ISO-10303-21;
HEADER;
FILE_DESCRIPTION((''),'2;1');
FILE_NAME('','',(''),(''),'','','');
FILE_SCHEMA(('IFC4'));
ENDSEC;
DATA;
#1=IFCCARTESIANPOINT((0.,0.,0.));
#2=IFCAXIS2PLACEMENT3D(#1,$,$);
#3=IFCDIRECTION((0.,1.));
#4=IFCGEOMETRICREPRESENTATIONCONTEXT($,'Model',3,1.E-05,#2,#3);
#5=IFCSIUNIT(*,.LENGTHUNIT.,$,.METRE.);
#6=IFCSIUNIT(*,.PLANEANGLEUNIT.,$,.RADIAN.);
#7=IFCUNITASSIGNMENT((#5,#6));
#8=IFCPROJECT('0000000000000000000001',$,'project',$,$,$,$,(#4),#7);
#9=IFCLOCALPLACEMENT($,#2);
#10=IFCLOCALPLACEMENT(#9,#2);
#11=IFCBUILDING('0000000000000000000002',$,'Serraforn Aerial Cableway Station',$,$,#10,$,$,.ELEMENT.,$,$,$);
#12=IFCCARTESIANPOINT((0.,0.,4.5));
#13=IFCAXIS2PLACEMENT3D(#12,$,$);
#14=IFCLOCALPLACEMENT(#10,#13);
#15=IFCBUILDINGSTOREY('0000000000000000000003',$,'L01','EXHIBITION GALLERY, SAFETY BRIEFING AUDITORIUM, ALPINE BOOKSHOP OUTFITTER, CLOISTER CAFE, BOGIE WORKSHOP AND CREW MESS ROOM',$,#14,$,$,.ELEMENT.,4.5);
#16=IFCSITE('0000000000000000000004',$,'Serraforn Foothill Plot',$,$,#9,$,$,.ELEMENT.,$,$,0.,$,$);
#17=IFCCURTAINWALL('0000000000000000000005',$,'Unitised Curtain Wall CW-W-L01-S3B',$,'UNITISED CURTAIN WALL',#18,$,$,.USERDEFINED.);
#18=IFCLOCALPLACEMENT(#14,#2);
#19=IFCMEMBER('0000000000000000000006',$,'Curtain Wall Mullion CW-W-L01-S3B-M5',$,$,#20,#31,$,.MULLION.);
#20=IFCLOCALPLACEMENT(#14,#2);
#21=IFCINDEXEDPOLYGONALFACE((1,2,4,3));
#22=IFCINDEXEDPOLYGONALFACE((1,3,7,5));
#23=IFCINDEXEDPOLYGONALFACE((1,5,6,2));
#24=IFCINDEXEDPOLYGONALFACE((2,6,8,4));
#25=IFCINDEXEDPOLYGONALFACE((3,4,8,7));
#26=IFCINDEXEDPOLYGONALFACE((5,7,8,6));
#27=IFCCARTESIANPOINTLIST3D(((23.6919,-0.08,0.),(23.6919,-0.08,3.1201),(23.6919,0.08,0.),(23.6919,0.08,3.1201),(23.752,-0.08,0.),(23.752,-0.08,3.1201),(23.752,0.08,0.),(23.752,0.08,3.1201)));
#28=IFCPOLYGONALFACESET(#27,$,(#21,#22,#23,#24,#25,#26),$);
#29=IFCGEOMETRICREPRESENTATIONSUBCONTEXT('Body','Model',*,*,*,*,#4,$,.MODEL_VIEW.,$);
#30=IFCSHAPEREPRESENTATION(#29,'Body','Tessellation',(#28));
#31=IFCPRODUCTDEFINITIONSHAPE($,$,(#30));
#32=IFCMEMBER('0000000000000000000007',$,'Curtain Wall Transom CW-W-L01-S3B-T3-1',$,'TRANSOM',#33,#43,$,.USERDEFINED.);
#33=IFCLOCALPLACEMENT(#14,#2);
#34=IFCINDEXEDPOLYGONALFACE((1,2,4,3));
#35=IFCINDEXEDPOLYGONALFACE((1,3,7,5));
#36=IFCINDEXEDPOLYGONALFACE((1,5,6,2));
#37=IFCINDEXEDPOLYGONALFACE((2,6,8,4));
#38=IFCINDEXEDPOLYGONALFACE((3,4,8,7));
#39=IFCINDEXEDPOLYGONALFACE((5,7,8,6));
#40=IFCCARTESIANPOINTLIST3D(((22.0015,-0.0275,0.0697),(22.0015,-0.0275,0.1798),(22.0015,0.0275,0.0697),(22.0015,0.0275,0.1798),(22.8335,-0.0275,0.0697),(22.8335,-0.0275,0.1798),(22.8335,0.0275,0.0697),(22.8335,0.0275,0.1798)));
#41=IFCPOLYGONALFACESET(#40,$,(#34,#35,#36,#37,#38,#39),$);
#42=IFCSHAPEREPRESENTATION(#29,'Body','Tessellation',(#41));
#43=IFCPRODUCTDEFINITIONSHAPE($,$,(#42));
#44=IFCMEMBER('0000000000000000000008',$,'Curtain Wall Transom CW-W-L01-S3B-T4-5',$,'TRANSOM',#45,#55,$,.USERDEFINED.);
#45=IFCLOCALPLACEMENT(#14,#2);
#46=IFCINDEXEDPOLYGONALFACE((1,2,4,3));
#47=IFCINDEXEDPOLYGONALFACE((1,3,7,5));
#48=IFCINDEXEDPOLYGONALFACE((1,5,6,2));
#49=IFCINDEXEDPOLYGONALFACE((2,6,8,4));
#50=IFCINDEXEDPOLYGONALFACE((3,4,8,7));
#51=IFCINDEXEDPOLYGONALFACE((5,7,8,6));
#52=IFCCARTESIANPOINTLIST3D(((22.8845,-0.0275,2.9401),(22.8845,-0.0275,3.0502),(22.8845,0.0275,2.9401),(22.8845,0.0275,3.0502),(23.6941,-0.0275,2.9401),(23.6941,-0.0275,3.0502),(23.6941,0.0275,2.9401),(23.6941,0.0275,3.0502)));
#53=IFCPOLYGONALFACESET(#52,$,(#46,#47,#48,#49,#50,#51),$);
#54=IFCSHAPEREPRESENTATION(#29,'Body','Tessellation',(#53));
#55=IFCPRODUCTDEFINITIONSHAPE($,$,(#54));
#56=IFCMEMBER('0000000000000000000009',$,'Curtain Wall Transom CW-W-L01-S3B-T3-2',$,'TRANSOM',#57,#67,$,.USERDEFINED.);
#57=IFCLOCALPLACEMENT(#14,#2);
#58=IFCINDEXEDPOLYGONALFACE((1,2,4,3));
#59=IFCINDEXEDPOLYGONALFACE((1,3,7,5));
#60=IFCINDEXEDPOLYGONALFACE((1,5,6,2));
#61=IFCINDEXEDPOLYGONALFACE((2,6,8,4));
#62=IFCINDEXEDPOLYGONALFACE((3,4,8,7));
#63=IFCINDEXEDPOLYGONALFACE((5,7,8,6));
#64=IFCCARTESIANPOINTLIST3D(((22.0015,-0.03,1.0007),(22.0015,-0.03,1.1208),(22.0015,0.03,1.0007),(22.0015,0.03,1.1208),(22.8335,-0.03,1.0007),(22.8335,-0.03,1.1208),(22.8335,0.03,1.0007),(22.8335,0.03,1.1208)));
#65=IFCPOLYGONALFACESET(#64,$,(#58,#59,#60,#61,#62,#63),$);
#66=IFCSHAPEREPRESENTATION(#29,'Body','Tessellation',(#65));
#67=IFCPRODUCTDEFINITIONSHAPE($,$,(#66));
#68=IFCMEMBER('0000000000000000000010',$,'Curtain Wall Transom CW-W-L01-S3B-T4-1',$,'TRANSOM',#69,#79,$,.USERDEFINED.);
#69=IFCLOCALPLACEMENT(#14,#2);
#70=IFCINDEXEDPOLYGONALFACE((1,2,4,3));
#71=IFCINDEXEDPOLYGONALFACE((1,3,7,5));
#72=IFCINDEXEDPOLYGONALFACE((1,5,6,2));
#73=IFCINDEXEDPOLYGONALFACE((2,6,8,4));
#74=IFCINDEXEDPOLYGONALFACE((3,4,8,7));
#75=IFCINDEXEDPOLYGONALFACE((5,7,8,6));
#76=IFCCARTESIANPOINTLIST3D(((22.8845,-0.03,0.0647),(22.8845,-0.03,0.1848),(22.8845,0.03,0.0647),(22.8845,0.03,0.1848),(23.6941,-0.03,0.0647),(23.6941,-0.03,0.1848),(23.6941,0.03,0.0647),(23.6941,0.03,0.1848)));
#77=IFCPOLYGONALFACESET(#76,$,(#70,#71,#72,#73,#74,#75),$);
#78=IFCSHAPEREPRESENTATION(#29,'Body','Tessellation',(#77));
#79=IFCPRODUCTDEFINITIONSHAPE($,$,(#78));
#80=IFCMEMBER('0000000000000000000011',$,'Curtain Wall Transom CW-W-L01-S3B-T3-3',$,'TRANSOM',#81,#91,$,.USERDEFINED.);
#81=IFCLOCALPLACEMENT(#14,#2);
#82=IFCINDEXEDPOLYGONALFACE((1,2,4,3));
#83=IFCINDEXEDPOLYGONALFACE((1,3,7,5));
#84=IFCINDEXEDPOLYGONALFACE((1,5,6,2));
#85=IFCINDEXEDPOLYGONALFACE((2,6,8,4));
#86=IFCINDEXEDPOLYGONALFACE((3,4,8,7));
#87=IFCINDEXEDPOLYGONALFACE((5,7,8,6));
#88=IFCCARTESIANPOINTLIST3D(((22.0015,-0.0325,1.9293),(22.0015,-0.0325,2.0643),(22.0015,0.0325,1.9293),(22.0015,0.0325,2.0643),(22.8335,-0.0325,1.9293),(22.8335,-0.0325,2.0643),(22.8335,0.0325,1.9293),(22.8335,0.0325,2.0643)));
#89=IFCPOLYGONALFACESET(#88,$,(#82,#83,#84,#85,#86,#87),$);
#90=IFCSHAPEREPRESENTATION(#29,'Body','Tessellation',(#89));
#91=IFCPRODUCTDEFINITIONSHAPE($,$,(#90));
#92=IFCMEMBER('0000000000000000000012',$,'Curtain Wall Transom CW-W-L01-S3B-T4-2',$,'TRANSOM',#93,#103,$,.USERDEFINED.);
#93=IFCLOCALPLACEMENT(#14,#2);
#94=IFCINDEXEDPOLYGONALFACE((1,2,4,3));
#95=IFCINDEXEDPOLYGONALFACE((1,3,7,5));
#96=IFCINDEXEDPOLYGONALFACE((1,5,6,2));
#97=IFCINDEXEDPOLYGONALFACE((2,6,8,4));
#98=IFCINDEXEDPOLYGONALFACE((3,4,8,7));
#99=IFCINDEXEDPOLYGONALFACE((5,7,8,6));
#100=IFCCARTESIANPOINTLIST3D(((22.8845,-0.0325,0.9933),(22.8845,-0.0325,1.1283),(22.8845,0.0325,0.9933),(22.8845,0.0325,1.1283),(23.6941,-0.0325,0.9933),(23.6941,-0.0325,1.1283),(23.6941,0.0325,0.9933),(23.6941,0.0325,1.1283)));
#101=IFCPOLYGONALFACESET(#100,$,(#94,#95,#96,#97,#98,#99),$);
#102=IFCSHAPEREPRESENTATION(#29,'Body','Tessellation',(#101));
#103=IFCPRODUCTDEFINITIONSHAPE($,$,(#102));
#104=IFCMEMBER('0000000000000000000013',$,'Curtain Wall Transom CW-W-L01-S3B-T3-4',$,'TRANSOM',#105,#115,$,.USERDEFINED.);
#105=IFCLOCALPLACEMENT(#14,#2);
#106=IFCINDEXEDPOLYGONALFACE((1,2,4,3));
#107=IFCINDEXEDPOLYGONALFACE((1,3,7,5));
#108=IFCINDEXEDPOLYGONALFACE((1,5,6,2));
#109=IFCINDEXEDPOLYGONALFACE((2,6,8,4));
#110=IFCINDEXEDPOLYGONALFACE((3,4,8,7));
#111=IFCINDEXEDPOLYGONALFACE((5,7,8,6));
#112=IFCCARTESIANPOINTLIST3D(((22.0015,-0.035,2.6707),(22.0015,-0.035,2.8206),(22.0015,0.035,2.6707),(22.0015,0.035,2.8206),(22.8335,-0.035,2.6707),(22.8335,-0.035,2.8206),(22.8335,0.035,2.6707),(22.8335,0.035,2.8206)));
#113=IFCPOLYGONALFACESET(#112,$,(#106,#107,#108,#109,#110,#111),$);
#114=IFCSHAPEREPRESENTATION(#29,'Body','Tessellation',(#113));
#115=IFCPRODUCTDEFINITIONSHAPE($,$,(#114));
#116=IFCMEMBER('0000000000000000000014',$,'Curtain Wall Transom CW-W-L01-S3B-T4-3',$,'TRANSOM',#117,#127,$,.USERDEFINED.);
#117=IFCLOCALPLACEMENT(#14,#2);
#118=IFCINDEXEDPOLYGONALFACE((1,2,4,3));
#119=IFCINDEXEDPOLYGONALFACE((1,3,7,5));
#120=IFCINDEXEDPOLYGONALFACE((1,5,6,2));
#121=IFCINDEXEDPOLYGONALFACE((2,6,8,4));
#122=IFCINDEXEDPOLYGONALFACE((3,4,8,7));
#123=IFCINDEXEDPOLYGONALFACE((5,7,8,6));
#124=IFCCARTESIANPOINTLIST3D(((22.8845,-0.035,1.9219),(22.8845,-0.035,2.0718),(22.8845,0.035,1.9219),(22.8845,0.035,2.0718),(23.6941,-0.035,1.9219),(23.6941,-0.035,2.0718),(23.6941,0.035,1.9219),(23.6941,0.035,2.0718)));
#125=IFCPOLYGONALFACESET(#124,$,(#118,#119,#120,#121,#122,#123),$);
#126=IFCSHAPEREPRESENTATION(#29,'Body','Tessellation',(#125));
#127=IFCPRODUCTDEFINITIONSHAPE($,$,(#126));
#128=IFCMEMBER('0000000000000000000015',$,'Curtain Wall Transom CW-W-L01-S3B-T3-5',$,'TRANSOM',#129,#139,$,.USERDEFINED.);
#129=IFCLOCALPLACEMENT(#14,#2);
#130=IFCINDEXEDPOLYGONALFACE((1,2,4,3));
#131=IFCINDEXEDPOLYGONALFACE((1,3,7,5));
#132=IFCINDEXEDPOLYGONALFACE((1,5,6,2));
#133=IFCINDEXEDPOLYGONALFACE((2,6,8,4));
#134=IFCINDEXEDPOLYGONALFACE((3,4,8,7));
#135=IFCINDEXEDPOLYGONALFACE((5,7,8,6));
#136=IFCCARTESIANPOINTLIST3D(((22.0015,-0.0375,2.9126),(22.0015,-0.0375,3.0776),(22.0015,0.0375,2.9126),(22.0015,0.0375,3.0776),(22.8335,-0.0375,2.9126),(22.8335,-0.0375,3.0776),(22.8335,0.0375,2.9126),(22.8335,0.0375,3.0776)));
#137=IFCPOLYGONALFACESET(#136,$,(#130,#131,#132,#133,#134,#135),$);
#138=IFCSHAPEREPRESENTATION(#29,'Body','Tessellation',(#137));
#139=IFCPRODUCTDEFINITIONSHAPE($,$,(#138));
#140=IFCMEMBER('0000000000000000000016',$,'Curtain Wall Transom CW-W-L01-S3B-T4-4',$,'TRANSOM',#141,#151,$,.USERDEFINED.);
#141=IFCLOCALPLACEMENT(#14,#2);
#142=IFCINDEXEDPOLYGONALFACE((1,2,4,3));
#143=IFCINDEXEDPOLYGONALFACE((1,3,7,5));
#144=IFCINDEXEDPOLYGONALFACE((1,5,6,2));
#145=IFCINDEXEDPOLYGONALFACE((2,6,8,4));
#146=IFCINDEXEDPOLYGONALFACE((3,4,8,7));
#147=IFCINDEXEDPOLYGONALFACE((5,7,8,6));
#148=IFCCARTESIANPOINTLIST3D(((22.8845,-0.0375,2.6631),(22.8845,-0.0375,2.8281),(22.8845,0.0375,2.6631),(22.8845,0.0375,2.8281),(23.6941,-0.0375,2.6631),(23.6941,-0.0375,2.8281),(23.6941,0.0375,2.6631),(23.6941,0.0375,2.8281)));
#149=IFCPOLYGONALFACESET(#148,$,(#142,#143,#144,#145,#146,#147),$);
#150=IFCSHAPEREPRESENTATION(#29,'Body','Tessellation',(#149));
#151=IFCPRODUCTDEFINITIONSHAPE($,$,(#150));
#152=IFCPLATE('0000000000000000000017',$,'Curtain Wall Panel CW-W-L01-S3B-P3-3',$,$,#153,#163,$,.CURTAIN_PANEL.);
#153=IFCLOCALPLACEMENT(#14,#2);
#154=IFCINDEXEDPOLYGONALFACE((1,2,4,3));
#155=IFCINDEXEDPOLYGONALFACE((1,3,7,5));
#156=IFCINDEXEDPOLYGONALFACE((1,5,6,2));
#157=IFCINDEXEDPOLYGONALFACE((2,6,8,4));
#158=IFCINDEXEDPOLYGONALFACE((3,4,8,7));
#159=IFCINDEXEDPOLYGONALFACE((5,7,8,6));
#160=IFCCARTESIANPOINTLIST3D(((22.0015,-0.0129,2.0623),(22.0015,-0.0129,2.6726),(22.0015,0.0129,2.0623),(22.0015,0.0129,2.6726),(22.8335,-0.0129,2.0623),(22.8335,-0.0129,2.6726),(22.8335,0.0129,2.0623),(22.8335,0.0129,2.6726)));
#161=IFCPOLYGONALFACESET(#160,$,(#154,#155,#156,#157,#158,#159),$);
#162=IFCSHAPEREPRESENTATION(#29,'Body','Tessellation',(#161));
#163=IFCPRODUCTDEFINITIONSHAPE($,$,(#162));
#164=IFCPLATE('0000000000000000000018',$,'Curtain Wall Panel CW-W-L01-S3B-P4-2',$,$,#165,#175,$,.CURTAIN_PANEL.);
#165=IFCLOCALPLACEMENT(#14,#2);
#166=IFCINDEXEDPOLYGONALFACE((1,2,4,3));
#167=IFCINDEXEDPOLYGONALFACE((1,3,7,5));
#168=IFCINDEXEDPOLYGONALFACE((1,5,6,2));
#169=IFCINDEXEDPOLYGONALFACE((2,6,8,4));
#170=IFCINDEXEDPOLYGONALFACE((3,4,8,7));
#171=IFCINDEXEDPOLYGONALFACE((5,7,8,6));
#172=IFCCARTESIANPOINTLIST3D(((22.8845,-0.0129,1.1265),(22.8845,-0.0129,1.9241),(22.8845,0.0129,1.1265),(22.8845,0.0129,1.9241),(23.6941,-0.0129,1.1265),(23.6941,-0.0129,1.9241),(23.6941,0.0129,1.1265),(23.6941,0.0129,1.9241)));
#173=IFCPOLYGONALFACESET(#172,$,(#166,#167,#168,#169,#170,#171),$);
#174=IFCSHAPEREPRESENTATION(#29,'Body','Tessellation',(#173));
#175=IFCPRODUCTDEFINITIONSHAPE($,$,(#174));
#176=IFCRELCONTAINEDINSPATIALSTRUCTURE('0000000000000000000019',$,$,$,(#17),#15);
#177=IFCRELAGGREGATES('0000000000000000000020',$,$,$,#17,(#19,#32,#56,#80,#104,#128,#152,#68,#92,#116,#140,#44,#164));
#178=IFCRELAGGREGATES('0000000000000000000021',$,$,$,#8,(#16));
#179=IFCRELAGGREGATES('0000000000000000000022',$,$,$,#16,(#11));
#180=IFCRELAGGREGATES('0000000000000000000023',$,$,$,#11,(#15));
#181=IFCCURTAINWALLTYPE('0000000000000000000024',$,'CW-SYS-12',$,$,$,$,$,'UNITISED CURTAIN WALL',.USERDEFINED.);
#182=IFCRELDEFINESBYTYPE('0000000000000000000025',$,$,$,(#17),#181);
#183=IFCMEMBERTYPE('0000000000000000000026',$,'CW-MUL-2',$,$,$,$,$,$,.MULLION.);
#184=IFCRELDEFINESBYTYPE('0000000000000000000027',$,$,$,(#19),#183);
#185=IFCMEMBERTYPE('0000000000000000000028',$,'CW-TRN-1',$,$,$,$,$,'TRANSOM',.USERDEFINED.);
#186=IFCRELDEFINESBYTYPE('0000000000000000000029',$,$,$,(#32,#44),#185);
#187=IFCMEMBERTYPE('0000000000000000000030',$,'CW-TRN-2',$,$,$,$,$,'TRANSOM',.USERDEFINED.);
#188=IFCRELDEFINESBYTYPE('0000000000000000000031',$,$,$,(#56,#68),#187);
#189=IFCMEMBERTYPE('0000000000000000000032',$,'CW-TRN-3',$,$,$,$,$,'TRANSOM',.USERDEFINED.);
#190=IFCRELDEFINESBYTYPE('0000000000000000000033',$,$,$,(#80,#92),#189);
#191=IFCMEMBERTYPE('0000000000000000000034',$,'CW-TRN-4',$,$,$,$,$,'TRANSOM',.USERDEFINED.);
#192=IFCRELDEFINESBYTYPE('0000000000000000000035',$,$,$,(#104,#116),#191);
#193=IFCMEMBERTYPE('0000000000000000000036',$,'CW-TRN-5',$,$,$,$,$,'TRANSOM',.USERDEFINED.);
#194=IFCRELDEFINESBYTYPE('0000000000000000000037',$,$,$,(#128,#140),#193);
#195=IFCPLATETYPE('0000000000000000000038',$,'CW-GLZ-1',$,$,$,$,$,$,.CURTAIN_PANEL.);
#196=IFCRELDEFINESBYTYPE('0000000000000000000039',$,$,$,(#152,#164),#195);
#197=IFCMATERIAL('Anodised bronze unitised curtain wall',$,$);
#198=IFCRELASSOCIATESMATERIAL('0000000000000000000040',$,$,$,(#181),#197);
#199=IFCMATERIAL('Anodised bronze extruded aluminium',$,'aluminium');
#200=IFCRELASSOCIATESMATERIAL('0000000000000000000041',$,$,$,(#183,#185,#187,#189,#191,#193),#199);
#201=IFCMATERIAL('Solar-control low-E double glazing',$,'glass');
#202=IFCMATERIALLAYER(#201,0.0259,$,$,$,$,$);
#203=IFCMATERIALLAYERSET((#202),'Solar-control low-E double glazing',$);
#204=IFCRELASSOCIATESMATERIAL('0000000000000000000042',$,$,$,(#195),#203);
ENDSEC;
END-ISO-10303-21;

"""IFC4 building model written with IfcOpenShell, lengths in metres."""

from ifc_helpers import new_model, si_unit, direction, frame, origin, origin_2d, place, context, subcontext, project, spatial, rectangle, extrude, material, layer, layer_set, material_profile, profile_set, type_object, element, aggregate, save


model = new_model("IFC4")

# Units and contexts
model_context = context("Model", 3, precision=1e-05, world=origin(), true_north=direction((0.0, 1.0)))
body_context = subcontext(model_context, "Body", "Model", "MODEL_VIEW")
ifc_project = project(units=[si_unit("LENGTHUNIT", "METRE"), si_unit("PLANEANGLEUNIT", "RADIAN")], contexts=[model_context])

# Site, building, storey
site_placement = place(None, origin())
site = spatial("IfcSite", under=ifc_project, at=site_placement, Name="Serraforn Foothill Plot", CompositionType="ELEMENT", RefElevation=0.0)
building_placement = place(site_placement, origin())
building = spatial("IfcBuilding", under=site, at=building_placement, Name="Serraforn Aerial Cableway Station", CompositionType="ELEMENT")
storey_placement = place(building_placement, frame((0.0, 0.0, 4.5)))
storey = spatial("IfcBuildingStorey", under=building, at=storey_placement, Name="L01", Description="EXHIBITION GALLERY, SAFETY BRIEFING AUDITORIUM, ALPINE BOOKSHOP OUTFITTER, CLOISTER CAFE, BOGIE WORKSHOP AND CREW MESS ROOM", CompositionType="ELEMENT", Elevation=4.5)

# Curtain wall, members, plates
ifc_material_1 = material(Name="Anodised bronze unitised curtain wall")
curtain_wall_type = type_object("IfcCurtainWallType", Name="CW-SYS-12", ElementType="UNITISED CURTAIN WALL", PredefinedType="USERDEFINED", material=ifc_material_1)
curtain_wall_placement = place(storey_placement, origin())
curtain_wall = element("IfcCurtainWall", 1, at=curtain_wall_placement, inside=storey, type_object=curtain_wall_type, Name="Unitised Curtain Wall CW-W-L01-S3B", ObjectType="UNITISED CURTAIN WALL", PredefinedType="USERDEFINED")
ifc_material_2 = material(Name="Anodised bronze extruded aluminium", Category="aluminium")
ifc_material_profile_1 = material_profile(ifc_material_2, rectangle(XDim=0.0601, YDim=0.1599, at=origin_2d()), Name="CW MULLION 60x160")
ifc_profile_set_1 = profile_set([ifc_material_profile_1], Name="Anodised bronze extruded aluminium")
member_type_1 = type_object("IfcMemberType", Name="CW-MUL-2", PredefinedType="MULLION", material=ifc_profile_set_1)
member_1_placement = place(storey_placement, frame((23.7219, 0.0, 0.0), z_axis=(0.0, 0.0, 1.0), x_axis=(1.0, 0.0, 0.0)))
member_1 = element("IfcMember", 2, at=member_1_placement, type_object=member_type_1, Name="Curtain Wall Mullion CW-W-L01-S3B-M5", PredefinedType="MULLION", context=body_context, shape_type="SweptSolid", body=[
    extrude(rectangle(XDim=0.0601, YDim=0.1599, at=origin_2d()), origin(), (0.0, 0.0, 1.0), 3.1201),
])
ifc_material_profile_2 = material_profile(ifc_material_2, rectangle(XDim=0.0549, YDim=0.1101, at=origin_2d()), Name="CW TRANSOM 55x110")
ifc_profile_set_2 = profile_set([ifc_material_profile_2], Name="Anodised bronze extruded aluminium")
member_type_2 = type_object("IfcMemberType", Name="CW-TRN-1", ElementType="TRANSOM", PredefinedType="USERDEFINED", material=ifc_profile_set_2)
member_2_placement = place(storey_placement, frame((22.0015, 0.0, 0.1248), z_axis=(1.0, 0.0, 0.0), x_axis=(0.0, 1.0, 0.0)))
member_2 = element("IfcMember", 3, at=member_2_placement, type_object=member_type_2, Name="Curtain Wall Transom CW-W-L01-S3B-T3-1", ObjectType="TRANSOM", PredefinedType="USERDEFINED", context=body_context, shape_type="SweptSolid", body=[
    extrude(rectangle(XDim=0.0549, YDim=0.1101, at=origin_2d()), origin(), (0.0, 0.0, 1.0), 0.832),
])
member_3_placement = place(storey_placement, frame((22.8845, 0.0, 2.9951), z_axis=(1.0, 0.0, 0.0), x_axis=(0.0, 1.0, 0.0)))
member_3 = element("IfcMember", 4, at=member_3_placement, type_object=member_type_2, Name="Curtain Wall Transom CW-W-L01-S3B-T4-5", ObjectType="TRANSOM", PredefinedType="USERDEFINED", context=body_context, shape_type="SweptSolid", body=[
    extrude(rectangle(XDim=0.0549, YDim=0.1101, at=origin_2d()), origin(), (0.0, 0.0, 1.0), 0.8096),
])
ifc_material_profile_3 = material_profile(ifc_material_2, rectangle(XDim=0.0601, YDim=0.1201, at=origin_2d()), Name="CW TRANSOM 60x120")
ifc_profile_set_3 = profile_set([ifc_material_profile_3], Name="Anodised bronze extruded aluminium")
member_type_3 = type_object("IfcMemberType", Name="CW-TRN-2", ElementType="TRANSOM", PredefinedType="USERDEFINED", material=ifc_profile_set_3)
member_4_placement = place(storey_placement, frame((22.0015, 0.0, 1.0608), z_axis=(1.0, 0.0, 0.0), x_axis=(0.0, 1.0, 0.0)))
member_4 = element("IfcMember", 5, at=member_4_placement, type_object=member_type_3, Name="Curtain Wall Transom CW-W-L01-S3B-T3-2", ObjectType="TRANSOM", PredefinedType="USERDEFINED", context=body_context, shape_type="SweptSolid", body=[
    extrude(rectangle(XDim=0.0601, YDim=0.1201, at=origin_2d()), origin(), (0.0, 0.0, 1.0), 0.832),
])
member_5_placement = place(storey_placement, frame((22.8845, 0.0, 0.1248), z_axis=(1.0, 0.0, 0.0), x_axis=(0.0, 1.0, 0.0)))
member_5 = element("IfcMember", 6, at=member_5_placement, type_object=member_type_3, Name="Curtain Wall Transom CW-W-L01-S3B-T4-1", ObjectType="TRANSOM", PredefinedType="USERDEFINED", context=body_context, shape_type="SweptSolid", body=[
    extrude(rectangle(XDim=0.0601, YDim=0.1201, at=origin_2d()), origin(), (0.0, 0.0, 1.0), 0.8096),
])
ifc_material_profile_4 = material_profile(ifc_material_2, rectangle(XDim=0.0649, YDim=0.135, at=origin_2d()), Name="CW TRANSOM 65x135")
ifc_profile_set_4 = profile_set([ifc_material_profile_4], Name="Anodised bronze extruded aluminium")
member_type_4 = type_object("IfcMemberType", Name="CW-TRN-3", ElementType="TRANSOM", PredefinedType="USERDEFINED", material=ifc_profile_set_4)
member_6_placement = place(storey_placement, frame((22.0015, 0.0, 1.9968), z_axis=(1.0, 0.0, 0.0), x_axis=(0.0, 1.0, 0.0)))
member_6 = element("IfcMember", 7, at=member_6_placement, type_object=member_type_4, Name="Curtain Wall Transom CW-W-L01-S3B-T3-3", ObjectType="TRANSOM", PredefinedType="USERDEFINED", context=body_context, shape_type="SweptSolid", body=[
    extrude(rectangle(XDim=0.0649, YDim=0.135, at=origin_2d()), origin(), (0.0, 0.0, 1.0), 0.832),
])
member_7_placement = place(storey_placement, frame((22.8845, 0.0, 1.0608), z_axis=(1.0, 0.0, 0.0), x_axis=(0.0, 1.0, 0.0)))
member_7 = element("IfcMember", 8, at=member_7_placement, type_object=member_type_4, Name="Curtain Wall Transom CW-W-L01-S3B-T4-2", ObjectType="TRANSOM", PredefinedType="USERDEFINED", context=body_context, shape_type="SweptSolid", body=[
    extrude(rectangle(XDim=0.0649, YDim=0.135, at=origin_2d()), origin(), (0.0, 0.0, 1.0), 0.8096),
])
ifc_material_profile_5 = material_profile(ifc_material_2, rectangle(XDim=0.0701, YDim=0.1499, at=origin_2d()), Name="CW TRANSOM 70x150")
ifc_profile_set_5 = profile_set([ifc_material_profile_5], Name="Anodised bronze extruded aluminium")
member_type_5 = type_object("IfcMemberType", Name="CW-TRN-4", ElementType="TRANSOM", PredefinedType="USERDEFINED", material=ifc_profile_set_5)
member_8_placement = place(storey_placement, frame((22.0015, 0.0, 2.7456), z_axis=(1.0, 0.0, 0.0), x_axis=(0.0, 1.0, 0.0)))
member_8 = element("IfcMember", 9, at=member_8_placement, type_object=member_type_5, Name="Curtain Wall Transom CW-W-L01-S3B-T3-4", ObjectType="TRANSOM", PredefinedType="USERDEFINED", context=body_context, shape_type="SweptSolid", body=[
    extrude(rectangle(XDim=0.0701, YDim=0.1499, at=origin_2d()), origin(), (0.0, 0.0, 1.0), 0.832),
])
member_9_placement = place(storey_placement, frame((22.8845, 0.0, 1.9968), z_axis=(1.0, 0.0, 0.0), x_axis=(0.0, 1.0, 0.0)))
member_9 = element("IfcMember", 10, at=member_9_placement, type_object=member_type_5, Name="Curtain Wall Transom CW-W-L01-S3B-T4-3", ObjectType="TRANSOM", PredefinedType="USERDEFINED", context=body_context, shape_type="SweptSolid", body=[
    extrude(rectangle(XDim=0.0701, YDim=0.1499, at=origin_2d()), origin(), (0.0, 0.0, 1.0), 0.8096),
])
ifc_material_profile_6 = material_profile(ifc_material_2, rectangle(XDim=0.075, YDim=0.165, at=origin_2d()), Name="CW TRANSOM 75x165")
ifc_profile_set_6 = profile_set([ifc_material_profile_6], Name="Anodised bronze extruded aluminium")
member_type_6 = type_object("IfcMemberType", Name="CW-TRN-5", ElementType="TRANSOM", PredefinedType="USERDEFINED", material=ifc_profile_set_6)
member_10_placement = place(storey_placement, frame((22.0015, 0.0, 2.9951), z_axis=(1.0, 0.0, 0.0), x_axis=(0.0, 1.0, 0.0)))
member_10 = element("IfcMember", 11, at=member_10_placement, type_object=member_type_6, Name="Curtain Wall Transom CW-W-L01-S3B-T3-5", ObjectType="TRANSOM", PredefinedType="USERDEFINED", context=body_context, shape_type="SweptSolid", body=[
    extrude(rectangle(XDim=0.075, YDim=0.165, at=origin_2d()), origin(), (0.0, 0.0, 1.0), 0.832),
])
member_11_placement = place(storey_placement, frame((22.8845, 0.0, 2.7456), z_axis=(1.0, 0.0, 0.0), x_axis=(0.0, 1.0, 0.0)))
member_11 = element("IfcMember", 12, at=member_11_placement, type_object=member_type_6, Name="Curtain Wall Transom CW-W-L01-S3B-T4-4", ObjectType="TRANSOM", PredefinedType="USERDEFINED", context=body_context, shape_type="SweptSolid", body=[
    extrude(rectangle(XDim=0.075, YDim=0.165, at=origin_2d()), origin(), (0.0, 0.0, 1.0), 0.8096),
])
ifc_material_3 = material(Name="Solar-control low-E double glazing", Category="glass")
ifc_layer_1 = layer(ifc_material_3, 0.0259)
ifc_layer_set_1 = layer_set([ifc_layer_1], Name="Solar-control low-E double glazing")
plate_type_1 = type_object("IfcPlateType", Name="CW-GLZ-1", PredefinedType="CURTAIN_PANEL", material=ifc_layer_set_1)
plate_1_placement = place(storey_placement, frame((22.4175, 0.0, 2.0623), z_axis=(0.0, 0.0, 1.0), x_axis=(1.0, 0.0, 0.0)))
plate_1 = element("IfcPlate", 13, at=plate_1_placement, type_object=plate_type_1, Name="Curtain Wall Panel CW-W-L01-S3B-P3-3", PredefinedType="CURTAIN_PANEL", context=body_context, shape_type="SweptSolid", body=[
    extrude(rectangle(XDim=0.832, YDim=0.0259, at=origin_2d()), origin(), (0.0, 0.0, 1.0), 0.6104),
])
plate_2_placement = place(storey_placement, frame((23.2893, 0.0, 1.1265), z_axis=(0.0, 0.0, 1.0), x_axis=(1.0, 0.0, 0.0)))
plate_2 = element("IfcPlate", 14, at=plate_2_placement, type_object=plate_type_1, Name="Curtain Wall Panel CW-W-L01-S3B-P4-2", PredefinedType="CURTAIN_PANEL", context=body_context, shape_type="SweptSolid", body=[
    extrude(rectangle(XDim=0.8096, YDim=0.0259, at=origin_2d()), origin(), (0.0, 0.0, 1.0), 0.7976),
])
aggregate(curtain_wall, [member_1, member_2, member_4, member_6, member_8, member_10, plate_1, member_5, member_7, member_9, member_11, member_3, plate_2])

save(model, "model.ifc")
